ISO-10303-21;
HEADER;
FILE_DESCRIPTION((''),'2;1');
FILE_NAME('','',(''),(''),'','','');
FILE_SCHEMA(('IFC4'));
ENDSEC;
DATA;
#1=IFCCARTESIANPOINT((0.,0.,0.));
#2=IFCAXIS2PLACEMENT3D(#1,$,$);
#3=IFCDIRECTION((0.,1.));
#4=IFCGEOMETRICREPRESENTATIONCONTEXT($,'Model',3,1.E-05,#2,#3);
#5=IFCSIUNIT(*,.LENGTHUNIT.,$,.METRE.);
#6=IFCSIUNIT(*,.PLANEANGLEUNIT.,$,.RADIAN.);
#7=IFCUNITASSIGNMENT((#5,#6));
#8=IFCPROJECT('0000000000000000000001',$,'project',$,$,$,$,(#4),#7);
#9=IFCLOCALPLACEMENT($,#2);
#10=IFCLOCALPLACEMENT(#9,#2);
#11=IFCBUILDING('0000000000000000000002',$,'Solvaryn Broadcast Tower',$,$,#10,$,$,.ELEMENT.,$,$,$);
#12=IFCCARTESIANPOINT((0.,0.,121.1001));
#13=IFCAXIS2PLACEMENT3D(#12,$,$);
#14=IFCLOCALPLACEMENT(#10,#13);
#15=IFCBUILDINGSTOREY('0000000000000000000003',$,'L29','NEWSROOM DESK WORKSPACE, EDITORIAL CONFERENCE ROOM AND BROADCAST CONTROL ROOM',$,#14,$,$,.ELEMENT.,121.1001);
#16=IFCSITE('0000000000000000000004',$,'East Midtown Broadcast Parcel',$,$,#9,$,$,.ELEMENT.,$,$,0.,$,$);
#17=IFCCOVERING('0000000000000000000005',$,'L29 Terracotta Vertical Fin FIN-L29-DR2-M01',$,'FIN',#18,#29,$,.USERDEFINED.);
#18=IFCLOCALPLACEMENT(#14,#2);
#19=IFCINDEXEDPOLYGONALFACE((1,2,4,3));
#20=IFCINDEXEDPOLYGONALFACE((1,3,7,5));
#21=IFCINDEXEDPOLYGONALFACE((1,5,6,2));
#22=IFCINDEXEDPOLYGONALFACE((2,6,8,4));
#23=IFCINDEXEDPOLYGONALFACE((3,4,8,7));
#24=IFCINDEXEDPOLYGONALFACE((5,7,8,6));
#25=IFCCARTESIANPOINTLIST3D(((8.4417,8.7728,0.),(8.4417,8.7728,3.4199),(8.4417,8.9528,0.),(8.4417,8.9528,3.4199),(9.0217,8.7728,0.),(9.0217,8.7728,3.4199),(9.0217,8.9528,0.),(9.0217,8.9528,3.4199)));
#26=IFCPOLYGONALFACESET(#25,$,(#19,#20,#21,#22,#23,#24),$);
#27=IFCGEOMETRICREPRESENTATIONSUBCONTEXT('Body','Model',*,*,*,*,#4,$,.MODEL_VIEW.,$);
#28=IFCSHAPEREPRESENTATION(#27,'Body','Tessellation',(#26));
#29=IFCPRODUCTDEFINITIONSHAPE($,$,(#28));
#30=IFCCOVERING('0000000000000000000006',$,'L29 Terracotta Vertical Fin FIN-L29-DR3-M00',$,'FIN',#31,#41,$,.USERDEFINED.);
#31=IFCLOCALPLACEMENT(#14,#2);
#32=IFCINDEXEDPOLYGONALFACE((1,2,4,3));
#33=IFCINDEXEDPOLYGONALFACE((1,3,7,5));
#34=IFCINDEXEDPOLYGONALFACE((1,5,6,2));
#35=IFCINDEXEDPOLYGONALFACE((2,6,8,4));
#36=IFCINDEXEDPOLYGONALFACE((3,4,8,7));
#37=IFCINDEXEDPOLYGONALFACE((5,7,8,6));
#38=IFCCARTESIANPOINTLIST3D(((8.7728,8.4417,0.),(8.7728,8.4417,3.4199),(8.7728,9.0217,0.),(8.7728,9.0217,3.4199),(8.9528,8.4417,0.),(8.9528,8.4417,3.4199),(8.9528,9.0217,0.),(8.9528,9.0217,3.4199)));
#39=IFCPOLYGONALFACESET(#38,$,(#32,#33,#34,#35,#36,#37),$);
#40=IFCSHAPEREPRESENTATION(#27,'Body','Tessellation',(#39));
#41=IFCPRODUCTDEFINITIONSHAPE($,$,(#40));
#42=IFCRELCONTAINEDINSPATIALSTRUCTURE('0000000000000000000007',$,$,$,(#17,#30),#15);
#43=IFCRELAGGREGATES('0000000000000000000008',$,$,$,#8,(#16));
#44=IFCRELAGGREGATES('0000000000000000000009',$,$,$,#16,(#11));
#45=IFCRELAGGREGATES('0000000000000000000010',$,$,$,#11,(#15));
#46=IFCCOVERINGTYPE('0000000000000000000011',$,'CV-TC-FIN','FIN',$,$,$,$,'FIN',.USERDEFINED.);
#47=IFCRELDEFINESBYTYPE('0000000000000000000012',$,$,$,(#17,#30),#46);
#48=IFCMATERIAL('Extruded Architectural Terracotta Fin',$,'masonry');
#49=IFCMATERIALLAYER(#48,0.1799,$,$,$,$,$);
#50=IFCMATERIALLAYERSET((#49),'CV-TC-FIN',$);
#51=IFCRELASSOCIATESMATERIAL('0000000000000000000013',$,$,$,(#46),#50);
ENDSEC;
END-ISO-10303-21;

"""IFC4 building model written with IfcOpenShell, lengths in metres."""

from ifc_helpers import new_model, si_unit, direction, frame, origin, origin_2d, place, context, subcontext, project, spatial, rectangle, extrude, material, layer, layer_set, type_object, element, save


model = new_model("IFC4")

# Units and contexts
model_context = context("Model", 3, precision=1e-05, world=origin(), true_north=direction((0.0, 1.0)))
body_context = subcontext(model_context, "Body", "Model", "MODEL_VIEW")
ifc_project = project(units=[si_unit("LENGTHUNIT", "METRE"), si_unit("PLANEANGLEUNIT", "RADIAN")], contexts=[model_context])

# Site, building, storey
site_placement = place(None, origin())
site = spatial("IfcSite", under=ifc_project, at=site_placement, Name="East Midtown Broadcast Parcel", CompositionType="ELEMENT", RefElevation=0.0)
building_placement = place(site_placement, origin())
building = spatial("IfcBuilding", under=site, at=building_placement, Name="Solvaryn Broadcast Tower", CompositionType="ELEMENT")
storey_placement = place(building_placement, frame((0.0, 0.0, 121.1001)))
storey = spatial("IfcBuildingStorey", under=building, at=storey_placement, Name="L29", Description="NEWSROOM DESK WORKSPACE, EDITORIAL CONFERENCE ROOM AND BROADCAST CONTROL ROOM", CompositionType="ELEMENT", Elevation=121.1001)

# Coverings
ifc_material_1 = material(Name="Extruded Architectural Terracotta Fin", Category="masonry")
ifc_layer_1 = layer(ifc_material_1, 0.1799)
ifc_layer_set_1 = layer_set([ifc_layer_1], Name="CV-TC-FIN")
covering_type_1 = type_object("IfcCoveringType", Name="CV-TC-FIN", Description="FIN", ElementType="FIN", PredefinedType="USERDEFINED", material=ifc_layer_set_1)
covering_1_placement = place(storey_placement, frame((8.7317, 8.8628, 0.0), z_axis=(0.0, 0.0, 1.0), x_axis=(1.0, 0.0, 0.0)))
element("IfcCovering", 1, at=covering_1_placement, inside=storey, type_object=covering_type_1, Name="L29 Terracotta Vertical Fin FIN-L29-DR2-M01", ObjectType="FIN", PredefinedType="USERDEFINED", context=body_context, shape_type="SweptSolid", body=[
    extrude(rectangle(XDim=0.5801, YDim=0.1799, at=origin_2d()), origin(), (0.0, 0.0, 1.0), 3.4199),
])
covering_2_placement = place(storey_placement, frame((8.8628, 8.7317, 0.0), z_axis=(0.0, 0.0, 1.0), x_axis=(1.0, 0.0, 0.0)))
element("IfcCovering", 2, at=covering_2_placement, inside=storey, type_object=covering_type_1, Name="L29 Terracotta Vertical Fin FIN-L29-DR3-M00", ObjectType="FIN", PredefinedType="USERDEFINED", context=body_context, shape_type="SweptSolid", body=[
    extrude(rectangle(XDim=0.1799, YDim=0.5801, at=origin_2d()), origin(), (0.0, 0.0, 1.0), 3.4199),
])

save(model, "model.ifc")
